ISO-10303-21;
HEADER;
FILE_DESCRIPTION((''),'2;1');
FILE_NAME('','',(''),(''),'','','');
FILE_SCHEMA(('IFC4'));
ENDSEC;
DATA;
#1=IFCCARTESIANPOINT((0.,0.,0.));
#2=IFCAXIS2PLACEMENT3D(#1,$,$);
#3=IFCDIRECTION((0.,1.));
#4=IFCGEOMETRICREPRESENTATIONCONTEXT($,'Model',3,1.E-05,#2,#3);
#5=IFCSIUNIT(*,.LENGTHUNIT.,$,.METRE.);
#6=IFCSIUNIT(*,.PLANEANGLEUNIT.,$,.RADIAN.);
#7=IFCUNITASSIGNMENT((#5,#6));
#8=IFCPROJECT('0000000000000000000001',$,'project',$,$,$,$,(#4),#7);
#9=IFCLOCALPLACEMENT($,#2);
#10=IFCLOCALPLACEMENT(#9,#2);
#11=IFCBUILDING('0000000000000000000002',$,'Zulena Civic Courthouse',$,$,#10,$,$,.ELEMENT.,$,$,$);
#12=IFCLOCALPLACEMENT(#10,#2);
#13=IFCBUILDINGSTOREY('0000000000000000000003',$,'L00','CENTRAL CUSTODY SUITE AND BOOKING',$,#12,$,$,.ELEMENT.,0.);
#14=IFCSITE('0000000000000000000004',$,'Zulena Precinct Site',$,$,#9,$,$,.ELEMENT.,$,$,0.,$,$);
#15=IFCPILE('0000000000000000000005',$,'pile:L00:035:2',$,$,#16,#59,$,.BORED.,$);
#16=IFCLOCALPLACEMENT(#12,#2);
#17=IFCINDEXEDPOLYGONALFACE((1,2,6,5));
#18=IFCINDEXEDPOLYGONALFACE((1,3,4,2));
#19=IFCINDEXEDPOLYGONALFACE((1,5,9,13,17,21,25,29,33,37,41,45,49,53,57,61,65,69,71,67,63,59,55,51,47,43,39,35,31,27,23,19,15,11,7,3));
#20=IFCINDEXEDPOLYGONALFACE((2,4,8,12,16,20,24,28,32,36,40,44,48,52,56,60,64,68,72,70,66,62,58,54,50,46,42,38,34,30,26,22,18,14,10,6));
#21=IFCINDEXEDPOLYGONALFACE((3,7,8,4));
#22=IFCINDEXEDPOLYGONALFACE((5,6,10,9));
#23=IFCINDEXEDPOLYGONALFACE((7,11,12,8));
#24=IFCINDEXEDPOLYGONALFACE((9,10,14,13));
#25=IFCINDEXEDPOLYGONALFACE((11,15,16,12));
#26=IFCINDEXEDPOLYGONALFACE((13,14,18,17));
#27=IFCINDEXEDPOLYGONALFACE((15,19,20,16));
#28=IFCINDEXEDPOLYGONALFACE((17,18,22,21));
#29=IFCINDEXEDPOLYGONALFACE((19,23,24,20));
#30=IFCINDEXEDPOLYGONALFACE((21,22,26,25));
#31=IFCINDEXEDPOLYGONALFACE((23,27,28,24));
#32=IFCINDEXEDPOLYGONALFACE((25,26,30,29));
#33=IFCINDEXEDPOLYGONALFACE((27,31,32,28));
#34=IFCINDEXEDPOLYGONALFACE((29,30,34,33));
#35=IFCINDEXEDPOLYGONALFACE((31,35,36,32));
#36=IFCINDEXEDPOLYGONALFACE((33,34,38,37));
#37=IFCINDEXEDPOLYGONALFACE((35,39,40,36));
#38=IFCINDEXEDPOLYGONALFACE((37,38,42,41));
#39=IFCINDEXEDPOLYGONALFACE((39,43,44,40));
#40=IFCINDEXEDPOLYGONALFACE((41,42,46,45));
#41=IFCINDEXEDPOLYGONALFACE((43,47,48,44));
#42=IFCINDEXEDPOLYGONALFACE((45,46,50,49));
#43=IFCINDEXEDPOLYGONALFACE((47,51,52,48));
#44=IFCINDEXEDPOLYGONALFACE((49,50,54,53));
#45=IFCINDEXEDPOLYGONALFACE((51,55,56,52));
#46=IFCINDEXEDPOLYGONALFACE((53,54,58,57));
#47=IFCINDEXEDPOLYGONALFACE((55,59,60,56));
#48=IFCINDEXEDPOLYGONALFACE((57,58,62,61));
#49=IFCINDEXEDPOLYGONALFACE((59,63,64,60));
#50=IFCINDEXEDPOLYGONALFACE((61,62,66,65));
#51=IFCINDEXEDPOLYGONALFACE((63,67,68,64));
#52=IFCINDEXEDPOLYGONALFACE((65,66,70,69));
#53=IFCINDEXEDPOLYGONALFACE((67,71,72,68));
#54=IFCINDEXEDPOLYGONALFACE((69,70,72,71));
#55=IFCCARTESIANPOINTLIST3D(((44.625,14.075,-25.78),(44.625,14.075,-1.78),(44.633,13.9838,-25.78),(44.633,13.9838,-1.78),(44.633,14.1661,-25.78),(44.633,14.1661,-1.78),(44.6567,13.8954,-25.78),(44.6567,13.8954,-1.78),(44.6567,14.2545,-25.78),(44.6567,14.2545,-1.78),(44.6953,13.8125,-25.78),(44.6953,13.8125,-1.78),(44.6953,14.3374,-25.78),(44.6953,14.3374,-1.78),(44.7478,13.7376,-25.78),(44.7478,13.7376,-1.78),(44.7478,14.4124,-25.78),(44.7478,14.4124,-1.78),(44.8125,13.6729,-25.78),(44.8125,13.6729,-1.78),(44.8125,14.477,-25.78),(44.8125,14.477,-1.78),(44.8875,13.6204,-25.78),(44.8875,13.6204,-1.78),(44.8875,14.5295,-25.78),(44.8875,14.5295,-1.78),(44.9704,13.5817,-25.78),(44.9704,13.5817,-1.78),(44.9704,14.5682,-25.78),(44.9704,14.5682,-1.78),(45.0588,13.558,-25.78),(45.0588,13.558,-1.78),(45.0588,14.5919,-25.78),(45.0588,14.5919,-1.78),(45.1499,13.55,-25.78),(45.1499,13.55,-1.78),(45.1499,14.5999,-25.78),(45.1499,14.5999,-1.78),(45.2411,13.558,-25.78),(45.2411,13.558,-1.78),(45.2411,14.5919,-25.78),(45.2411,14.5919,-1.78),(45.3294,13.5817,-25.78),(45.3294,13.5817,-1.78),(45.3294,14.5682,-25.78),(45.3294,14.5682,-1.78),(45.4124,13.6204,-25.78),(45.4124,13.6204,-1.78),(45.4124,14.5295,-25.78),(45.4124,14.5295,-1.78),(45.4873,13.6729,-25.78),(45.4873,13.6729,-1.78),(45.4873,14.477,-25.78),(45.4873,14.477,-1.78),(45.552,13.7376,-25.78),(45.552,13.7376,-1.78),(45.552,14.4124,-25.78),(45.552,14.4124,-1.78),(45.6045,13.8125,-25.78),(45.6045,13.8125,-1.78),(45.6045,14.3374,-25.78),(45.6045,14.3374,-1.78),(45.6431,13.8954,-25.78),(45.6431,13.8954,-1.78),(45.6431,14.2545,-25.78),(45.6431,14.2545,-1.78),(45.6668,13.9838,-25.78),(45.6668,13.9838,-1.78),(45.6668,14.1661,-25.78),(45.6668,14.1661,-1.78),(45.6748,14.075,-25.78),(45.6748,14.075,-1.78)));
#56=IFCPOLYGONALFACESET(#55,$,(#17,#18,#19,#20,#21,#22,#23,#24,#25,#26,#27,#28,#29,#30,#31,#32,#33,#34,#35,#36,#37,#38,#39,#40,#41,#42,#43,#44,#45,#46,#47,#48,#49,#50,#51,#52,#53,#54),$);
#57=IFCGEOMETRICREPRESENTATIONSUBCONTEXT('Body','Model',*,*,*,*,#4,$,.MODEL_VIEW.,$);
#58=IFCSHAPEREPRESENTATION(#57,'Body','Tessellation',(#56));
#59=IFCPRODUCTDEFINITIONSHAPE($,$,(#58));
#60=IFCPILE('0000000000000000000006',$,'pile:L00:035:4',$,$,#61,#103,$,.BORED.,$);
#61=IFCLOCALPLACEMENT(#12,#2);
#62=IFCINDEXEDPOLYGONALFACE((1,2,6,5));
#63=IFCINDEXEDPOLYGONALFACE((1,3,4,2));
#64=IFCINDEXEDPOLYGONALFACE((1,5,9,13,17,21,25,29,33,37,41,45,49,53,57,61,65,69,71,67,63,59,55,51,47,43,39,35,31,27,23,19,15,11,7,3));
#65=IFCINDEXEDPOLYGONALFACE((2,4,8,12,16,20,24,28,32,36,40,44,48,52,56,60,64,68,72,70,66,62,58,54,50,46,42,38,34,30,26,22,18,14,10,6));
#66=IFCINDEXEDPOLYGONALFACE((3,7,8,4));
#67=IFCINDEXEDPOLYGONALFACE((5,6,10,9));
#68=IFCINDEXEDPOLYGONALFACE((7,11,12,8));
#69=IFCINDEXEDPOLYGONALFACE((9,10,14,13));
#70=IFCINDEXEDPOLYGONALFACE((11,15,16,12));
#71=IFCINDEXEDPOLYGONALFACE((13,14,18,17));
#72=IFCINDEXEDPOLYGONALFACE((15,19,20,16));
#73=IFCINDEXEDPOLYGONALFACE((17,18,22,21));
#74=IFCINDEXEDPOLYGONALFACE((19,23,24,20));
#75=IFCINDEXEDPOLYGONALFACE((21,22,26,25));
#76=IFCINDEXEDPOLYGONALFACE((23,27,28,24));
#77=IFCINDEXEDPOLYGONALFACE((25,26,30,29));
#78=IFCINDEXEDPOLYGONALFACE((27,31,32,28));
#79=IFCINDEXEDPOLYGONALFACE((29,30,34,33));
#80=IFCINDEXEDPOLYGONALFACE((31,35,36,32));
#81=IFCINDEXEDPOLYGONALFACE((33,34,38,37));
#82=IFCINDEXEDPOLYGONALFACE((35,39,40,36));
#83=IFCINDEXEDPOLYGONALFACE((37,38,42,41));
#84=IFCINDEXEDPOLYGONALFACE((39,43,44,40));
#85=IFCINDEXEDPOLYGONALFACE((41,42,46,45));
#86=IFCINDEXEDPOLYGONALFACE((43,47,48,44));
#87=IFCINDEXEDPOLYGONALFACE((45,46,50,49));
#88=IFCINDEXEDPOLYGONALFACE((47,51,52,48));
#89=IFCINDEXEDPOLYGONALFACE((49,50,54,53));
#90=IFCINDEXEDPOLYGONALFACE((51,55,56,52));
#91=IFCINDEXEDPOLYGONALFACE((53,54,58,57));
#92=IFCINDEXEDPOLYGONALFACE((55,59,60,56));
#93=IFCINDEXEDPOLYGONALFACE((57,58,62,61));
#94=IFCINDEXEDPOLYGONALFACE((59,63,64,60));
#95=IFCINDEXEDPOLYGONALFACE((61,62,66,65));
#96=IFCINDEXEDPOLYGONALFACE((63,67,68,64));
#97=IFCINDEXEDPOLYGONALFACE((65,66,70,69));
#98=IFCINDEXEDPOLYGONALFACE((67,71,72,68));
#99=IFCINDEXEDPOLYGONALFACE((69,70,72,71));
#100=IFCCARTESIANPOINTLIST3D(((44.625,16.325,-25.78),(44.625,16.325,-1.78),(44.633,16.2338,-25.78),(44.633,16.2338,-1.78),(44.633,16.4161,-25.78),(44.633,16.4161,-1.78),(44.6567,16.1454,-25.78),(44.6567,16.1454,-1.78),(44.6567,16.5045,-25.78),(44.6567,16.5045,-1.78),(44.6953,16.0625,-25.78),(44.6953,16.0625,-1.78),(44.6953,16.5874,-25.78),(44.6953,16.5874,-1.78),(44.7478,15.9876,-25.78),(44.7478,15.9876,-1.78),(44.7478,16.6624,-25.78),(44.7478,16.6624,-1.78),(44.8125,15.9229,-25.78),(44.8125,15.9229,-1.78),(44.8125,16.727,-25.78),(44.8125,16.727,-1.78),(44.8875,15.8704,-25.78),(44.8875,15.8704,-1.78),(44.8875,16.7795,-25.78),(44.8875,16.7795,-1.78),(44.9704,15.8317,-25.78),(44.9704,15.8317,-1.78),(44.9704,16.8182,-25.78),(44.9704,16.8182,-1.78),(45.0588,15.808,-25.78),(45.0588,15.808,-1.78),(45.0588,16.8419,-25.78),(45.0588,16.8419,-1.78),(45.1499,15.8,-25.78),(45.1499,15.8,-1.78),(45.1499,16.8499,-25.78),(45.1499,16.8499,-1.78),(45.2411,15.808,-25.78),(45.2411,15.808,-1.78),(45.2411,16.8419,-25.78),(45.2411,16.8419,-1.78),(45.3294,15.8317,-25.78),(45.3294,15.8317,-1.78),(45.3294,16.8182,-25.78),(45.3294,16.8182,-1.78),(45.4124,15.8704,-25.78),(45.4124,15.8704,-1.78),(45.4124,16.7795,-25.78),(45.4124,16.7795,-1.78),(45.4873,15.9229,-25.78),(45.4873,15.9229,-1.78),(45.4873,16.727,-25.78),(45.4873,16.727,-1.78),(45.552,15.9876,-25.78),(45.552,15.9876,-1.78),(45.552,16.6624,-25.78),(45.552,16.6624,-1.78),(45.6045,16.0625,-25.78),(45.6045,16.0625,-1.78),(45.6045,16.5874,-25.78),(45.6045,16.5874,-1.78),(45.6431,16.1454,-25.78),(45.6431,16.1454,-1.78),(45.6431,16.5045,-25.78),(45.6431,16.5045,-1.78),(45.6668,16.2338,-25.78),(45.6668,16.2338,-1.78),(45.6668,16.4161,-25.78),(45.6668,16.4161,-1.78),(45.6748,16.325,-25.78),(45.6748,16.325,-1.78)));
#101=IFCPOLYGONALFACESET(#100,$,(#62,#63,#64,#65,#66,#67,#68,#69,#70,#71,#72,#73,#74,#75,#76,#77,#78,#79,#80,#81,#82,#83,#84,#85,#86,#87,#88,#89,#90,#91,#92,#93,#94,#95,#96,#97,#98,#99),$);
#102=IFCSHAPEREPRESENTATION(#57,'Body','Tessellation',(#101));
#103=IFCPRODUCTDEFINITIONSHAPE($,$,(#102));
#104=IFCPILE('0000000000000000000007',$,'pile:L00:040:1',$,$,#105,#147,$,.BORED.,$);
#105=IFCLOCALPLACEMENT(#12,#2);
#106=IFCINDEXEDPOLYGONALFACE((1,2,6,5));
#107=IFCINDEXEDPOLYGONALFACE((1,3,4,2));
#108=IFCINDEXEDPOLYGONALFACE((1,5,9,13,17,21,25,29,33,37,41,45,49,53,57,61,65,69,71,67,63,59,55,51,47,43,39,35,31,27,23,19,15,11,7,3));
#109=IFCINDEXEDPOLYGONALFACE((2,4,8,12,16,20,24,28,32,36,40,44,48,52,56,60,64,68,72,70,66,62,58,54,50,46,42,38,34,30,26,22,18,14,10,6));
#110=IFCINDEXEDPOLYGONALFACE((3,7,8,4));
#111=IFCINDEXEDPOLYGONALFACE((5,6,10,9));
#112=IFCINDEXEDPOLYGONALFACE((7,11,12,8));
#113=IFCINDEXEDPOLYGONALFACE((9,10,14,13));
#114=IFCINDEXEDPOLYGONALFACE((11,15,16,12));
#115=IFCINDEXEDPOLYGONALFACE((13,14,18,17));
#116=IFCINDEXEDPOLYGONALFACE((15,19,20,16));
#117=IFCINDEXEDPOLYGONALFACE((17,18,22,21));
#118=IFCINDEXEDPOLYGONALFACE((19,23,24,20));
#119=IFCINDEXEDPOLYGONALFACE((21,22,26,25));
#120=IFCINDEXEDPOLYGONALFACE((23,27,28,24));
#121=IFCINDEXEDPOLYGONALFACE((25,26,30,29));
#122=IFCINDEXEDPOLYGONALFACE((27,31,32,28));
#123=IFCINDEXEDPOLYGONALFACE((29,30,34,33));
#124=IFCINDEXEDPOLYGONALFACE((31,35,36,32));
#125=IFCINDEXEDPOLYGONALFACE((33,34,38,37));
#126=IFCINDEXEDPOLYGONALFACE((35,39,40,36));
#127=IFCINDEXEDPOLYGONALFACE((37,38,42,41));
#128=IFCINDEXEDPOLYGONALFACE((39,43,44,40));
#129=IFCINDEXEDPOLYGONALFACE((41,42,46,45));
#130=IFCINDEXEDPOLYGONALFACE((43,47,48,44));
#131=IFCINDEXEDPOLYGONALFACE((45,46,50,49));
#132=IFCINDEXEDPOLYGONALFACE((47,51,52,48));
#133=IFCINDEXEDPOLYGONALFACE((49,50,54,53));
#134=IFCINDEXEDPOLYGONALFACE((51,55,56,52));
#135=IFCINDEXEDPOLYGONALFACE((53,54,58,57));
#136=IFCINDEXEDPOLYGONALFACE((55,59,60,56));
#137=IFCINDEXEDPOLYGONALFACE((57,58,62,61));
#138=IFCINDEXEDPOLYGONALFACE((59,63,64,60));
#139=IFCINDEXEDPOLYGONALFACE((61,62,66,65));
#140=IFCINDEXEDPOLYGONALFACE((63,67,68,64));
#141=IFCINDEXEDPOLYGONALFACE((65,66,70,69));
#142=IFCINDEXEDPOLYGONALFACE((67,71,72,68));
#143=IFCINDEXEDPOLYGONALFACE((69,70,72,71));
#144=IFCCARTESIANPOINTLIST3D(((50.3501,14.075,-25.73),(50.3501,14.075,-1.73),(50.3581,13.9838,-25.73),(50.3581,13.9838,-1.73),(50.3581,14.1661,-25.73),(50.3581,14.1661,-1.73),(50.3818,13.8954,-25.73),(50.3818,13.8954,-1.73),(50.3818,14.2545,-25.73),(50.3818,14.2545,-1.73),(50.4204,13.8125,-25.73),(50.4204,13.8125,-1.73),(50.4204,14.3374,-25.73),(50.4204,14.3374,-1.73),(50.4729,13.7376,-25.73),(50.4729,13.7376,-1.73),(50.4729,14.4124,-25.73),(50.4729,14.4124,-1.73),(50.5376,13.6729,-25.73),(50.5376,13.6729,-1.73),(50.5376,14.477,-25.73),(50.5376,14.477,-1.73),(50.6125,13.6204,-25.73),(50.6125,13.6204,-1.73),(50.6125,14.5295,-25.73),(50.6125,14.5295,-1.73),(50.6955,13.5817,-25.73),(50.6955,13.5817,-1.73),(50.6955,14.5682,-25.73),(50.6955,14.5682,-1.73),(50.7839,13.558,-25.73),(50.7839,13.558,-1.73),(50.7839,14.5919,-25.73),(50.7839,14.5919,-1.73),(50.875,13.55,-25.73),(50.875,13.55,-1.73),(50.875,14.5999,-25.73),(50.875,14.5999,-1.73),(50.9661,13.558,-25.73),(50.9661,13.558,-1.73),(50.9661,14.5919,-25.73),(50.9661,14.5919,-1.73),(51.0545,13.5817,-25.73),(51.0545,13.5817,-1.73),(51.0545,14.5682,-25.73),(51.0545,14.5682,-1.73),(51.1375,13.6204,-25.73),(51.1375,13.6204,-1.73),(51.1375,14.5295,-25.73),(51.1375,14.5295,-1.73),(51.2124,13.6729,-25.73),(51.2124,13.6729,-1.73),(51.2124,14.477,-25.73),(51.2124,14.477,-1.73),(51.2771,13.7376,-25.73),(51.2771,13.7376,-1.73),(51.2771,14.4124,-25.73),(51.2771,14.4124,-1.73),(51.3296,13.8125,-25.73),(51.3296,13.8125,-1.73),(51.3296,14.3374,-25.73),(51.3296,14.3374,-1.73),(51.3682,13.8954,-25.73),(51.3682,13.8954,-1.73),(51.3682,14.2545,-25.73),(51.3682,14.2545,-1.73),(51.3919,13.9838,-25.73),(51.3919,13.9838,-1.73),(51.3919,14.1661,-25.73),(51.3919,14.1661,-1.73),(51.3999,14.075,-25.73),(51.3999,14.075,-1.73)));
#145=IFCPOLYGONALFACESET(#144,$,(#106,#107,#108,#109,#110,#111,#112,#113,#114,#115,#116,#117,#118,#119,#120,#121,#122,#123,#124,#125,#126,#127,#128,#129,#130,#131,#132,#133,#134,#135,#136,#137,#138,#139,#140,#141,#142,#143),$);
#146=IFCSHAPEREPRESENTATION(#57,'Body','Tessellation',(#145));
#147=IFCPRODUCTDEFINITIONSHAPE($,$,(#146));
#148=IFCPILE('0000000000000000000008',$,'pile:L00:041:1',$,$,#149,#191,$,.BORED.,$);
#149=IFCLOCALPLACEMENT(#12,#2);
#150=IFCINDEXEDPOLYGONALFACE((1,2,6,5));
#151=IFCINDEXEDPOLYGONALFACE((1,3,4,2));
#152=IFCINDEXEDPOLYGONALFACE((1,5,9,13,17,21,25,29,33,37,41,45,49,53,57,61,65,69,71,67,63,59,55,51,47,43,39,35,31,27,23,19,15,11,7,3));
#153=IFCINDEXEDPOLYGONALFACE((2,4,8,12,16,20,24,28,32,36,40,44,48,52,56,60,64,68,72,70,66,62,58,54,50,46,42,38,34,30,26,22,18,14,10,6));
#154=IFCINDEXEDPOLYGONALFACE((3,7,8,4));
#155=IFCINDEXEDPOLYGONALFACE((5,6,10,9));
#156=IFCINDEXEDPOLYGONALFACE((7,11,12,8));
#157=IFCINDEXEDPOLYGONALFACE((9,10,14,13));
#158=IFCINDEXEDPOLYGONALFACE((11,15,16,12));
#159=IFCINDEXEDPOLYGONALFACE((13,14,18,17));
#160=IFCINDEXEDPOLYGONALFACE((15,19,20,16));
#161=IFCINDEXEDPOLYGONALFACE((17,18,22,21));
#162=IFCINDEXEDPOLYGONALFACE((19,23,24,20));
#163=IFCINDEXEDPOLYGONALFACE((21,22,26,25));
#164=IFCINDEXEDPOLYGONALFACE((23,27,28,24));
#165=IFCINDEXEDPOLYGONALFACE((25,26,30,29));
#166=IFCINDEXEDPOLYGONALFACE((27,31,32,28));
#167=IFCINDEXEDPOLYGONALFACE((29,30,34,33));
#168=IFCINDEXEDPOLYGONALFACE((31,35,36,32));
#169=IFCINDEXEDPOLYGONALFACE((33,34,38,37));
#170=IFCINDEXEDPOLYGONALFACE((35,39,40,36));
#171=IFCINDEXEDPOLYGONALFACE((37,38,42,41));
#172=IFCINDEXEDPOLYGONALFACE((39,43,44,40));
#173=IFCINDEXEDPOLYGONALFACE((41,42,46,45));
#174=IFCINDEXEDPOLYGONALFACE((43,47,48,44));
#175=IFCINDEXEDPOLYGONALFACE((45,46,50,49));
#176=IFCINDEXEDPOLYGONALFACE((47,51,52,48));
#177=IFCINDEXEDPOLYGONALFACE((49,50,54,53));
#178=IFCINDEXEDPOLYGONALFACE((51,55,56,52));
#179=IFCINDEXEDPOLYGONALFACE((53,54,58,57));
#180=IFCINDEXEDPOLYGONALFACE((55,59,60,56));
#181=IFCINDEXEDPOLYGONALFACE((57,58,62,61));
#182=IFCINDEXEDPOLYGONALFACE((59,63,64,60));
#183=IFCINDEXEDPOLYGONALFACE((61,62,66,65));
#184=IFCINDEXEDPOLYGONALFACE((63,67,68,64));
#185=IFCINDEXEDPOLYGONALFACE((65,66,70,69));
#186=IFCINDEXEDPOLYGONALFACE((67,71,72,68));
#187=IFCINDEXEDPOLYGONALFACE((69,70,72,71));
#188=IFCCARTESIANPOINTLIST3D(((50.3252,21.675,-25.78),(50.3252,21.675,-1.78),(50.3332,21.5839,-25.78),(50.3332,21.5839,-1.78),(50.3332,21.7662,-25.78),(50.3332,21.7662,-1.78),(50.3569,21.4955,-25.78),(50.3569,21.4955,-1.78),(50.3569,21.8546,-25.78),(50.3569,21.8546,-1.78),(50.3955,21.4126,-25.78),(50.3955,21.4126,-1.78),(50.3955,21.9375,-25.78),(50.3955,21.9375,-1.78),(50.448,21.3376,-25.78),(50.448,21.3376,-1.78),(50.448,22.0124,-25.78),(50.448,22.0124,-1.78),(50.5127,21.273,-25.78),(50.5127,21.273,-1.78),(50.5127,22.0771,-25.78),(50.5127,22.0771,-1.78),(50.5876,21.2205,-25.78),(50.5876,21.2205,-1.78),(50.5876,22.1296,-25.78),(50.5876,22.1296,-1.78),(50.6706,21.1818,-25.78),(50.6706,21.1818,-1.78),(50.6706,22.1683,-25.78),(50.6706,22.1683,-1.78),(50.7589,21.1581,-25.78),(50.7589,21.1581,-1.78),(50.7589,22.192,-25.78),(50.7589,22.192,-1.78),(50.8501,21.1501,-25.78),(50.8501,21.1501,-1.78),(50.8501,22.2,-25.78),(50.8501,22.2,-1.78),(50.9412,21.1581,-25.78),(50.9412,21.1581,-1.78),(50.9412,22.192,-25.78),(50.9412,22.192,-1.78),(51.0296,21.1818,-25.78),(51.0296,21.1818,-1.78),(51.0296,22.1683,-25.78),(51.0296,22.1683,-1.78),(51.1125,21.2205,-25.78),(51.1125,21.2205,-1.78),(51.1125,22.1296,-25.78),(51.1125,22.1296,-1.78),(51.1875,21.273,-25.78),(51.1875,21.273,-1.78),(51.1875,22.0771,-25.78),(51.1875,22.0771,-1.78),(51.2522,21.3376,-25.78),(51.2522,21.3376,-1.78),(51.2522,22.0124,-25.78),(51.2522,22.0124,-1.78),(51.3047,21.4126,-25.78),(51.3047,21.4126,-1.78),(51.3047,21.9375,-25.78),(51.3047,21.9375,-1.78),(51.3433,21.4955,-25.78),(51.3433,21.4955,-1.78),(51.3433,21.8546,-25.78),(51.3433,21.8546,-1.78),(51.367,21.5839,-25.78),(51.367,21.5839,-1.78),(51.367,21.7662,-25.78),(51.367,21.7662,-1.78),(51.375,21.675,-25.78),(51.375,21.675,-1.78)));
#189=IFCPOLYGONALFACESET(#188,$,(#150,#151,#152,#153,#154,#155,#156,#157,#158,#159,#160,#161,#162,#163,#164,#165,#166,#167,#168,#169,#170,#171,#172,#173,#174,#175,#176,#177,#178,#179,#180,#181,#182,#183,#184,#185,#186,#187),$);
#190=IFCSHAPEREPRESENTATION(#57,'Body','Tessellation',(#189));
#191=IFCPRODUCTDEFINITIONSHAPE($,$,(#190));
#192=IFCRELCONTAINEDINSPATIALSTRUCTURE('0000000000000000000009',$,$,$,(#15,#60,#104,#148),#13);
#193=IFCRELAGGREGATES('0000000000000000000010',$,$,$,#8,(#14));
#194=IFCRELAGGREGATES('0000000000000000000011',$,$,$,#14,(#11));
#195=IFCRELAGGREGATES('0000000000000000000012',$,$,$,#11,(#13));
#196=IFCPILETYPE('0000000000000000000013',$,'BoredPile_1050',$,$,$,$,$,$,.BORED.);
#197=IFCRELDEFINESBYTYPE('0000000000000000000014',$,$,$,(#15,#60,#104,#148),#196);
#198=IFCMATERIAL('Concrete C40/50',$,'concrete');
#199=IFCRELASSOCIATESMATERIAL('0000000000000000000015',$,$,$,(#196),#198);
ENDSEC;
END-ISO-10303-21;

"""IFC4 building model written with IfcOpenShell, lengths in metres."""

from ifc_helpers import new_model, si_unit, direction, frame, origin, origin_2d, place, context, subcontext, project, spatial, circle, extrude, material, material_profile, profile_set, type_object, element, save


model = new_model("IFC4")

# Units and contexts
model_context = context("Model", 3, precision=1e-05, world=origin(), true_north=direction((0.0, 1.0)))
body_context = subcontext(model_context, "Body", "Model", "MODEL_VIEW")
ifc_project = project(units=[si_unit("LENGTHUNIT", "METRE"), si_unit("PLANEANGLEUNIT", "RADIAN")], contexts=[model_context])

# Site, building, storey
site_placement = place(None, origin())
site = spatial("IfcSite", under=ifc_project, at=site_placement, Name="Zulena Precinct Site", CompositionType="ELEMENT", RefElevation=0.0)
building_placement = place(site_placement, origin())
building = spatial("IfcBuilding", under=site, at=building_placement, Name="Zulena Civic Courthouse", CompositionType="ELEMENT")
storey_placement = place(building_placement, origin())
storey = spatial("IfcBuildingStorey", under=building, at=storey_placement, Name="L00", Description="CENTRAL CUSTODY SUITE AND BOOKING", CompositionType="ELEMENT", Elevation=0.0)

# Piles
ifc_material_1 = material(Name="Concrete C40/50", Category="concrete")
ifc_material_profile_1 = material_profile(ifc_material_1, circle(Radius=0.5249, at=origin_2d()), Name="PILE1050")
ifc_profile_set_1 = profile_set([ifc_material_profile_1], Name="Concrete C40/50")
pile_type_1 = type_object("IfcPileType", Name="BoredPile_1050", PredefinedType="BORED", material=ifc_profile_set_1)
for number, where, z_axis, x_axis, name in (
    (1, (45.1499, 14.075, -1.78), (0.0, 0.0, -1.0), (1.0, 0.0, 0.0), "pile:L00:035:2"),
    (2, (45.1499, 16.325, -1.78), (0.0, 0.0, -1.0), (1.0, 0.0, 0.0), "pile:L00:035:4"),
    (3, (50.875, 14.075, -1.73), (0.0, 0.0, -1.0), (1.0, 0.0, 0.0), "pile:L00:040:1"),
    (4, (50.8501, 21.675, -1.78), (0.0, 0.0, -1.0), (1.0, 0.0, 0.0), "pile:L00:041:1"),
):
    element("IfcPile", number, at=place(storey_placement, frame(where, z_axis=z_axis, x_axis=x_axis)), inside=storey, type_object=pile_type_1, Name=name, PredefinedType="BORED", context=body_context, shape_type="SweptSolid", body=[
        extrude(circle(Radius=0.5249, at=origin_2d()), origin(), (0.0, 0.0, 1.0), 24.0),
    ])

save(model, "model.ifc")
